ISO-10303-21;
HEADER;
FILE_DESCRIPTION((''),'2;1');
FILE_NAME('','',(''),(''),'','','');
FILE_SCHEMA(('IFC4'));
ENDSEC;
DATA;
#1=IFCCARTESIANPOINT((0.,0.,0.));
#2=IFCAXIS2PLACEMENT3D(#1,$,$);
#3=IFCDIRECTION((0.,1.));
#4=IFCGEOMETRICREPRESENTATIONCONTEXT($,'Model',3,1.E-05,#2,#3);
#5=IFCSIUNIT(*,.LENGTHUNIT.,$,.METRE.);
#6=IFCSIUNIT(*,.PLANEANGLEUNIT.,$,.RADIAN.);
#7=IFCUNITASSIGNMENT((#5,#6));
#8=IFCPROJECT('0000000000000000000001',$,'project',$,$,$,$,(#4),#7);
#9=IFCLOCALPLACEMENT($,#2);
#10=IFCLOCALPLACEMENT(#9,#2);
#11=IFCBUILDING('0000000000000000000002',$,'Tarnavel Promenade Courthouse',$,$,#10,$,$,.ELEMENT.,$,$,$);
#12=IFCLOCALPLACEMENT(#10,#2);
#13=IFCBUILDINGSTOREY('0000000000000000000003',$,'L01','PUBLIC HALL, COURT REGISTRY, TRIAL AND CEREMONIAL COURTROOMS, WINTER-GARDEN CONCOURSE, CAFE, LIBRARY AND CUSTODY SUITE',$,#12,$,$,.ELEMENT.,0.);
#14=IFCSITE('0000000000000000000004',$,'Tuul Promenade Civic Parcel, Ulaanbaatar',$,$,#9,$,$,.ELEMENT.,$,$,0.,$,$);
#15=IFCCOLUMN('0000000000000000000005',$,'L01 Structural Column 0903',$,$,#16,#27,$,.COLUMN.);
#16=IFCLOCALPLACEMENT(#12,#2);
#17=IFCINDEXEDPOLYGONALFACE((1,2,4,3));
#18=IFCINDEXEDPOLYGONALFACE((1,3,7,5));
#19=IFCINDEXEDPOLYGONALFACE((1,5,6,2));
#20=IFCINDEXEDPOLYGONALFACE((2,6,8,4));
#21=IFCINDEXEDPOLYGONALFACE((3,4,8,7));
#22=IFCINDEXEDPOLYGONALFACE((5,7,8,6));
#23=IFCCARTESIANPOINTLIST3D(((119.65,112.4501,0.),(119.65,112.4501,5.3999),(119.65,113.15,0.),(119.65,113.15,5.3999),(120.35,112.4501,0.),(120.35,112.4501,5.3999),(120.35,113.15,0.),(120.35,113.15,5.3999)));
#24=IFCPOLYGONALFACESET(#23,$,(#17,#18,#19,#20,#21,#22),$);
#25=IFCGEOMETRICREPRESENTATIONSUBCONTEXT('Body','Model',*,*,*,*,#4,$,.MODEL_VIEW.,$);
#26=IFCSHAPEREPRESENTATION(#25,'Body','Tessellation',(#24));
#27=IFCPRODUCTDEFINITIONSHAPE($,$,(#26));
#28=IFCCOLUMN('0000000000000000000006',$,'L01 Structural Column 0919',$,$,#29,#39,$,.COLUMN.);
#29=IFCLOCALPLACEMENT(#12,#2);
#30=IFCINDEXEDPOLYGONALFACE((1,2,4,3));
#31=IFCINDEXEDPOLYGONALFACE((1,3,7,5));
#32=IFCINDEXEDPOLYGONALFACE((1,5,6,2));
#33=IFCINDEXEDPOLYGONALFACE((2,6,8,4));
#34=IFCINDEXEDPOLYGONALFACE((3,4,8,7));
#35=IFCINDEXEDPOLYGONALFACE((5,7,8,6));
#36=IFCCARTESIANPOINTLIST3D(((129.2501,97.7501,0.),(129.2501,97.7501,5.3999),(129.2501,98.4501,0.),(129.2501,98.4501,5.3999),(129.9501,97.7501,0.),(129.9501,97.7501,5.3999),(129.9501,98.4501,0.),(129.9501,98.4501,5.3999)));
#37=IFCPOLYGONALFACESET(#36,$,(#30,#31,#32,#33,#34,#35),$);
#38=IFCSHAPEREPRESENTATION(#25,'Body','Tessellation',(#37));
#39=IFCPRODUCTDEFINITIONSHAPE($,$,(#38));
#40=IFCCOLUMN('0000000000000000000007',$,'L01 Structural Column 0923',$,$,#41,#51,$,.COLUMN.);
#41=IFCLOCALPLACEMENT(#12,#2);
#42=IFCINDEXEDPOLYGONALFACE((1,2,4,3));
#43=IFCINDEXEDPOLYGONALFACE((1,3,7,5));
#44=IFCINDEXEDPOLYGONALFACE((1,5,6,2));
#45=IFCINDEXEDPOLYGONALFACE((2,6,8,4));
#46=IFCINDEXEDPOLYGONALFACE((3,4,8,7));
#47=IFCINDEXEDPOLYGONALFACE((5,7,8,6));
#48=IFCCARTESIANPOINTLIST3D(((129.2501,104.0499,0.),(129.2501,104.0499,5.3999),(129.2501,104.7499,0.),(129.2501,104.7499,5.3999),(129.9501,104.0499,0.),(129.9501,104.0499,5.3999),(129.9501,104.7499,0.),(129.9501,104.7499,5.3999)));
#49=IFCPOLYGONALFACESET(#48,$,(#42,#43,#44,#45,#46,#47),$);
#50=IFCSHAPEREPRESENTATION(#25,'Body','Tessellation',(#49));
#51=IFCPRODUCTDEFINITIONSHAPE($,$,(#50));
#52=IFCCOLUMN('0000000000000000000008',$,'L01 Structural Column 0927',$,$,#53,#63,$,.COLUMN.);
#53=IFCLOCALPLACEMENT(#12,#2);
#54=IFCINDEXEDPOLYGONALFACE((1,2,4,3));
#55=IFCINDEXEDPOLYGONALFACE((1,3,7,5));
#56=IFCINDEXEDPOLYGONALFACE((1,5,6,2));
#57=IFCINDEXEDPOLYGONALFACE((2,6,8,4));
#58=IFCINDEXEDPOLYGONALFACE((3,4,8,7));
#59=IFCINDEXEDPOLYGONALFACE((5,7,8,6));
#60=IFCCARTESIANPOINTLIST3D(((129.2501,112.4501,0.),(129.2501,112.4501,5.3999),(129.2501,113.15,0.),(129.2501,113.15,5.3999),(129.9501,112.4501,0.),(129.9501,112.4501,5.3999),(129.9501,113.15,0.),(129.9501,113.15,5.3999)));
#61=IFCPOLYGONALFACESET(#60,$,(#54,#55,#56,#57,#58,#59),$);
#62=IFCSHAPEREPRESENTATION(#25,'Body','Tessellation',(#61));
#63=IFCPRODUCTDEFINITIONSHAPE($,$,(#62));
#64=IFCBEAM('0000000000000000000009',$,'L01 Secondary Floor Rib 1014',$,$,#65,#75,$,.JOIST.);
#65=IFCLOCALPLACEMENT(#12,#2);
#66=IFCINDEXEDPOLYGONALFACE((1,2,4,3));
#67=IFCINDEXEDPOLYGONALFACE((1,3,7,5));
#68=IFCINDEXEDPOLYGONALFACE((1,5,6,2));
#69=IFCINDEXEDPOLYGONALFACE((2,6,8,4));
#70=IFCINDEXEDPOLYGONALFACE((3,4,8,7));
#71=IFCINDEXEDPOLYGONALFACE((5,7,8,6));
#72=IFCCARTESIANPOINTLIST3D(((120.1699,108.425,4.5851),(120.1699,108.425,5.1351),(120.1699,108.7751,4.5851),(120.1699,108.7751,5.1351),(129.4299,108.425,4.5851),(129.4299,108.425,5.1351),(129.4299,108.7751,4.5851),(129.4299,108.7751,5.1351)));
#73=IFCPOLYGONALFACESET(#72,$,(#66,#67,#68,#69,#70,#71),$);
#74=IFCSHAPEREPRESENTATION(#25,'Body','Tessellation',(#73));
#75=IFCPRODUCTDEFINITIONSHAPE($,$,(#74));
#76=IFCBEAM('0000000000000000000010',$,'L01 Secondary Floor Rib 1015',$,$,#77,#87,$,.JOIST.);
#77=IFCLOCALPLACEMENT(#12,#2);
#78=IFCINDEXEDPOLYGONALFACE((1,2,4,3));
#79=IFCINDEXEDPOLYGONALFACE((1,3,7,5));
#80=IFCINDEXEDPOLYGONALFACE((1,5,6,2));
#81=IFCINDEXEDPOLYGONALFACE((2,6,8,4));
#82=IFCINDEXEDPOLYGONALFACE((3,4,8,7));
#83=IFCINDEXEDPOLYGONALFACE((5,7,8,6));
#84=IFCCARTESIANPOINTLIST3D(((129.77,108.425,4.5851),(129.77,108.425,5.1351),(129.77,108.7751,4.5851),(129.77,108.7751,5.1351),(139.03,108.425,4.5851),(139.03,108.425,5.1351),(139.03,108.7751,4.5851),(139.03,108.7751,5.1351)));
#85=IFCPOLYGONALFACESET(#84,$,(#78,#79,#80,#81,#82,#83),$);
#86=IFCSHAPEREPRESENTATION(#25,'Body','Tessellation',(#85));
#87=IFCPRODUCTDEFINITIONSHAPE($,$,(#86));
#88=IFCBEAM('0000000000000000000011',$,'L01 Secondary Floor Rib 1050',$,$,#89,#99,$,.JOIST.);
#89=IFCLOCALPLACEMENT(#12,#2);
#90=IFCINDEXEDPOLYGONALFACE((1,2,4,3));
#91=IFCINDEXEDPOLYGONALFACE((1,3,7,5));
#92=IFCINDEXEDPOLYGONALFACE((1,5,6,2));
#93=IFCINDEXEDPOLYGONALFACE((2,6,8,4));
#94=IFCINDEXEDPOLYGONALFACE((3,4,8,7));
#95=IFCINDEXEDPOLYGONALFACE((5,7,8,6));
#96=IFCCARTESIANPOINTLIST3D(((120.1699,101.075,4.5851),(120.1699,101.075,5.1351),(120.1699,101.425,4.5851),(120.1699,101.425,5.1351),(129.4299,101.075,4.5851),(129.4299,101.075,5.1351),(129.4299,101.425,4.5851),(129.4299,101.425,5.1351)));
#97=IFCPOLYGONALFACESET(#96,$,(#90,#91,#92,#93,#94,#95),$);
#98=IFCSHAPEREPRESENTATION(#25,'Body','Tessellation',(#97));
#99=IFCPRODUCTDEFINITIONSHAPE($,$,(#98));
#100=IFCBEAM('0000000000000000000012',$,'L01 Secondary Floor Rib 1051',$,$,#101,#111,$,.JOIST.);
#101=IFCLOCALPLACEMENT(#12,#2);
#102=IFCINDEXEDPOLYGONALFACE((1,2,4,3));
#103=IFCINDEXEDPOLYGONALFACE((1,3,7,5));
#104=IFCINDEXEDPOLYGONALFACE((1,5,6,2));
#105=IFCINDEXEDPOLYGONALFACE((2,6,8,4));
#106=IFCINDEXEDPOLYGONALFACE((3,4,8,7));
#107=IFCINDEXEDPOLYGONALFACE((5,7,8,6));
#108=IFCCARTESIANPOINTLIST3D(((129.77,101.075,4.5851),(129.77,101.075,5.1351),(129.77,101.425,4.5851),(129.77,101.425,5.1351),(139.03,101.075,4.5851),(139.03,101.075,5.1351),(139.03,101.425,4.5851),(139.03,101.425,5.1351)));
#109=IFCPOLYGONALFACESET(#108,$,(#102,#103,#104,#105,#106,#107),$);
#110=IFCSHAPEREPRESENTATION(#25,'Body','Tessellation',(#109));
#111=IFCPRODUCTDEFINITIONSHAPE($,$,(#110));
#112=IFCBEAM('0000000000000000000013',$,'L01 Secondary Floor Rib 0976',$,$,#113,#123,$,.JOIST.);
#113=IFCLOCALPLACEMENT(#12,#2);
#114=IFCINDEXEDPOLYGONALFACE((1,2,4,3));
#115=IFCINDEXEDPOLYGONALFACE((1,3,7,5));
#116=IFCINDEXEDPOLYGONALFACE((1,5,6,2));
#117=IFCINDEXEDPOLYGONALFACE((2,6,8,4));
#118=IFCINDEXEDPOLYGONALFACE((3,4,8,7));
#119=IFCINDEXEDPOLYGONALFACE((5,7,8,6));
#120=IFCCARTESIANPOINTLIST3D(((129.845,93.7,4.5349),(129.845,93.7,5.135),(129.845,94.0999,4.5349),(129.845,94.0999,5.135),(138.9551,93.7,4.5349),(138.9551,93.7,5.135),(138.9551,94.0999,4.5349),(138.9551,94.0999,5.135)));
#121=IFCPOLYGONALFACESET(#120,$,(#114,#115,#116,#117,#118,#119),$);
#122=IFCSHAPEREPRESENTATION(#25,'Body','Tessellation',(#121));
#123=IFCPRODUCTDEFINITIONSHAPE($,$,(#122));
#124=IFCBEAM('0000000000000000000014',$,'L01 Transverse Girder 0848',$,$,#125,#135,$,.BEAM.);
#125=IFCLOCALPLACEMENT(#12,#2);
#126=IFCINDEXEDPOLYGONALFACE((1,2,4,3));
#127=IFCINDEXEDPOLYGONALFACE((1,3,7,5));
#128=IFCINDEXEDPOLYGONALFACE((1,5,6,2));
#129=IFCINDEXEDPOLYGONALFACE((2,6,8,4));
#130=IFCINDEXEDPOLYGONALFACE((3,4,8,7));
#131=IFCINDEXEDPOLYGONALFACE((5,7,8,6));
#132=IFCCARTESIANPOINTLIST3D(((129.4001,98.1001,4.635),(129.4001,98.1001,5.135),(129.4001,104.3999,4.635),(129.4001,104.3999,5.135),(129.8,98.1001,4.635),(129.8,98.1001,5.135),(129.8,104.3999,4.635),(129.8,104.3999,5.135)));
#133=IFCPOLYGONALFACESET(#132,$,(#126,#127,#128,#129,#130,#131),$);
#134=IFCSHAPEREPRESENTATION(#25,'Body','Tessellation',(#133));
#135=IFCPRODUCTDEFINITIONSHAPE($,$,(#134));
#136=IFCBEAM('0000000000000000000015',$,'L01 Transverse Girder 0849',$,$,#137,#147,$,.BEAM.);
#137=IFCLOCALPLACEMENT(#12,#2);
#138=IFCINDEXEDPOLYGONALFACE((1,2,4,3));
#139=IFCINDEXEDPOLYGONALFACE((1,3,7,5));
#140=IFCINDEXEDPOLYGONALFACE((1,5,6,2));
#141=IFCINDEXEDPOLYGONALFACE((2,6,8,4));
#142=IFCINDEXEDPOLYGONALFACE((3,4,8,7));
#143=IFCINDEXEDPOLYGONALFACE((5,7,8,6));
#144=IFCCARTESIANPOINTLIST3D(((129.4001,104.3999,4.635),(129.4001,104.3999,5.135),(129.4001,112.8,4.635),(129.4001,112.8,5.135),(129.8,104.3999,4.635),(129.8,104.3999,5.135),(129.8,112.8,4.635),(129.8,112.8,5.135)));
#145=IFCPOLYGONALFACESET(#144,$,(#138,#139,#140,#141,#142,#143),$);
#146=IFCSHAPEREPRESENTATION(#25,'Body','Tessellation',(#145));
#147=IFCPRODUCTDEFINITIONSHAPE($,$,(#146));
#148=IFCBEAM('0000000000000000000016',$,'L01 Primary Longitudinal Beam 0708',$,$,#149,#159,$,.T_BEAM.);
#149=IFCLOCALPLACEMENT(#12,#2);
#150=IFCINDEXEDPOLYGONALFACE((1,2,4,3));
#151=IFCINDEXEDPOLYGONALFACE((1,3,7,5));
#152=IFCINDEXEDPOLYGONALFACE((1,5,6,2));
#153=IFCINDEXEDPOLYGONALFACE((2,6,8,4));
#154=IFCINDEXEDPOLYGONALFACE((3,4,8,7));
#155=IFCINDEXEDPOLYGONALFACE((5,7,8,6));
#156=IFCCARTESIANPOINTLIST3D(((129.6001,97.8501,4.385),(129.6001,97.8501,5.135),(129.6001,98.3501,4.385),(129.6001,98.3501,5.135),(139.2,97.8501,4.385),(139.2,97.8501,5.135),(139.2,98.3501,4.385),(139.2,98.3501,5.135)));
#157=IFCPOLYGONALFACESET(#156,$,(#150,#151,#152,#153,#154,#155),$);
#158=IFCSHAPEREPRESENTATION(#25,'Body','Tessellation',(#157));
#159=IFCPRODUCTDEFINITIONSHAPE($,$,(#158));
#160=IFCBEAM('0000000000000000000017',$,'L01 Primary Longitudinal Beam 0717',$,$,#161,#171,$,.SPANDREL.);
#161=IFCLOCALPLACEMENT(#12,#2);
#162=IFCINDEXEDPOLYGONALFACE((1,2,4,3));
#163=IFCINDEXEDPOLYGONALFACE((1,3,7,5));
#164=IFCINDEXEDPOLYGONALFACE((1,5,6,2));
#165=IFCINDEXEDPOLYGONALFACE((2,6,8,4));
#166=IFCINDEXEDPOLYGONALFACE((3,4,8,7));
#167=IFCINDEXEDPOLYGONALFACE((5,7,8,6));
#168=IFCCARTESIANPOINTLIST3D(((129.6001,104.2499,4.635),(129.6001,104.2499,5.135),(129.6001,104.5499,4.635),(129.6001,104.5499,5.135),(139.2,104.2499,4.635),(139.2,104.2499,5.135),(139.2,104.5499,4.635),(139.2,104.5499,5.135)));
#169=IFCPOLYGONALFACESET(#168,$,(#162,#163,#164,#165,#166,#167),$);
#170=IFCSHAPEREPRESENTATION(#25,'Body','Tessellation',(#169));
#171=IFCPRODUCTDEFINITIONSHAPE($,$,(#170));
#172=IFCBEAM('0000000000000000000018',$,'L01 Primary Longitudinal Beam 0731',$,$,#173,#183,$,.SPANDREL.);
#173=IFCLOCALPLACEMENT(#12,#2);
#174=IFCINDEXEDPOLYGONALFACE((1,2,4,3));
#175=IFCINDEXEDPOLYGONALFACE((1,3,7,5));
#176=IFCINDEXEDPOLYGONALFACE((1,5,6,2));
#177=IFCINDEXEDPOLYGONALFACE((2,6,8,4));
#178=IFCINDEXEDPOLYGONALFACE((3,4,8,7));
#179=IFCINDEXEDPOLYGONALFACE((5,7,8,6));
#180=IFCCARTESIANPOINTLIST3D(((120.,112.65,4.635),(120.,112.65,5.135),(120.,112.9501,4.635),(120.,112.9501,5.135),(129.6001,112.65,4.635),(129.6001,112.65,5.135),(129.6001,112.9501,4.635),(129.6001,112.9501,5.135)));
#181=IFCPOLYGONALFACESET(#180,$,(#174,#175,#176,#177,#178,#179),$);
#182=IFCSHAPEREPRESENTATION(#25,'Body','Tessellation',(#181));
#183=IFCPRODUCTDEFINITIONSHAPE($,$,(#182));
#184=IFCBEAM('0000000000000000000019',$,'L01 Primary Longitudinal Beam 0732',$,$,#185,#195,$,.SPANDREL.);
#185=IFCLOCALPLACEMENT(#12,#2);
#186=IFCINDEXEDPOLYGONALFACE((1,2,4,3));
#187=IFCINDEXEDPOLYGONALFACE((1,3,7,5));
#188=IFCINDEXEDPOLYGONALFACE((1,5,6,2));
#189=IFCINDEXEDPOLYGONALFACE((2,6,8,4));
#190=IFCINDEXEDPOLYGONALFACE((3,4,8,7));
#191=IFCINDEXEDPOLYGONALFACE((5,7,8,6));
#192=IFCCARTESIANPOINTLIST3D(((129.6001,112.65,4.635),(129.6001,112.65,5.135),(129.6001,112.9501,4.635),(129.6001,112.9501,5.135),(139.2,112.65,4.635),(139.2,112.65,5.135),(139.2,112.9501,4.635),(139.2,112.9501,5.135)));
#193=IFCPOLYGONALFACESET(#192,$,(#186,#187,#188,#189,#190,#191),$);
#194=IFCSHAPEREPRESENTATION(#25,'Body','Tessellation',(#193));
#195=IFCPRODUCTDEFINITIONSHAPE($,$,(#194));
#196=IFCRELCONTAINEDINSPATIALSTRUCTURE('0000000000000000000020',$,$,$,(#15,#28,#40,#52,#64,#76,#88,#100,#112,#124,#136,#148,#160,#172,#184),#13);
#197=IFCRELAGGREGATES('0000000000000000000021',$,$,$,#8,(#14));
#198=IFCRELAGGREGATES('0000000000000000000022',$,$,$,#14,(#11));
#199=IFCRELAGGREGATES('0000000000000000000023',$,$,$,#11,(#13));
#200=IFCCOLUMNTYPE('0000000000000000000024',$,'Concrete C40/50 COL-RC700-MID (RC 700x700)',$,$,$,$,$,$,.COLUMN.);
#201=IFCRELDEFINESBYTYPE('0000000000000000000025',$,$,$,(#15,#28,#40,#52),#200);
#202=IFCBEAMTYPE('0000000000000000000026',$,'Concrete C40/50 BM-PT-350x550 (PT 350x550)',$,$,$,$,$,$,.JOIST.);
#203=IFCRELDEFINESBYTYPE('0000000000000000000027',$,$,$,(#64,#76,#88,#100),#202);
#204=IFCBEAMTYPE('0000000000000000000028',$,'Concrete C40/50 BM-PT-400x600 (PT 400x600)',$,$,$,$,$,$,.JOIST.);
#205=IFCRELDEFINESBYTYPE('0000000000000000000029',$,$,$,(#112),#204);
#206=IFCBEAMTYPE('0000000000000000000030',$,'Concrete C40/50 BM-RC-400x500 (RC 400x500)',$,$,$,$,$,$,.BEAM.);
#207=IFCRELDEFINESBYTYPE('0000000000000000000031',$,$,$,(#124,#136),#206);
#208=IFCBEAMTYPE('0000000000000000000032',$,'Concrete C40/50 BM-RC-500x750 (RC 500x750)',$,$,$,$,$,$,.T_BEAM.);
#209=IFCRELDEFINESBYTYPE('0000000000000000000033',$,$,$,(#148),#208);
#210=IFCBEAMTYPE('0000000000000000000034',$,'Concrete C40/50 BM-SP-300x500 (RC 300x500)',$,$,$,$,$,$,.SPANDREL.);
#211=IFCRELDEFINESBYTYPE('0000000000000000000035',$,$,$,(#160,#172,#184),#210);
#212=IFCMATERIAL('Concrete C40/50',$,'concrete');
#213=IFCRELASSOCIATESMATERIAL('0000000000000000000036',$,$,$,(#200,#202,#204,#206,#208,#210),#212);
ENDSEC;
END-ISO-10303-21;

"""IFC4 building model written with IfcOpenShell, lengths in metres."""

from ifc_helpers import new_model, si_unit, direction, frame, origin, origin_2d, place, context, subcontext, project, spatial, rectangle, extrude, material, material_profile, profile_set, type_object, element, save


model = new_model("IFC4")

# Units and contexts
model_context = context("Model", 3, precision=1e-05, world=origin(), true_north=direction((0.0, 1.0)))
body_context = subcontext(model_context, "Body", "Model", "MODEL_VIEW")
ifc_project = project(units=[si_unit("LENGTHUNIT", "METRE"), si_unit("PLANEANGLEUNIT", "RADIAN")], contexts=[model_context])

# Site, building, storey
site_placement = place(None, origin())
site = spatial("IfcSite", under=ifc_project, at=site_placement, Name="Tuul Promenade Civic Parcel, Ulaanbaatar", CompositionType="ELEMENT", RefElevation=0.0)
building_placement = place(site_placement, origin())
building = spatial("IfcBuilding", under=site, at=building_placement, Name="Tarnavel Promenade Courthouse", CompositionType="ELEMENT")
storey_placement = place(building_placement, origin())
storey = spatial("IfcBuildingStorey", under=building, at=storey_placement, Name="L01", Description="PUBLIC HALL, COURT REGISTRY, TRIAL AND CEREMONIAL COURTROOMS, WINTER-GARDEN CONCOURSE, CAFE, LIBRARY AND CUSTODY SUITE", CompositionType="ELEMENT", Elevation=0.0)

# Columns
ifc_material_1 = material(Name="Concrete C40/50", Category="concrete")
ifc_material_profile_1 = material_profile(ifc_material_1, rectangle(XDim=0.7, YDim=0.7, at=origin_2d()), Name="RC 700x700")
ifc_profile_set_1 = profile_set([ifc_material_profile_1], Name="Concrete C40/50")
column_type = type_object("IfcColumnType", Name="Concrete C40/50 COL-RC700-MID (RC 700x700)", PredefinedType="COLUMN", material=ifc_profile_set_1)
for number, where, z_axis, x_axis, name in (
    (1, (120.0, 112.8, 0.0), (0.0, 0.0, 1.0), (1.0, 0.0, 0.0), "L01 Structural Column 0903"),
    (2, (129.6001, 98.1001, 0.0), (0.0, 0.0, 1.0), (1.0, 0.0, 0.0), "L01 Structural Column 0919"),
    (3, (129.6001, 104.3999, 0.0), (0.0, 0.0, 1.0), (1.0, 0.0, 0.0), "L01 Structural Column 0923"),
    (4, (129.6001, 112.8, 0.0), (0.0, 0.0, 1.0), (1.0, 0.0, 0.0), "L01 Structural Column 0927"),
):
    element("IfcColumn", number, at=place(storey_placement, frame(where, z_axis=z_axis, x_axis=x_axis)), inside=storey, type_object=column_type, Name=name, PredefinedType="COLUMN", context=body_context, shape_type="SweptSolid", body=[
        extrude(rectangle(XDim=0.7, YDim=0.7, at=origin_2d()), origin(), (0.0, 0.0, 1.0), 5.3999),
    ])

# Beams
ifc_material_profile_2 = material_profile(ifc_material_1, rectangle(XDim=0.3501, YDim=0.55, at=origin_2d()), Name="PT 350x550")
ifc_profile_set_2 = profile_set([ifc_material_profile_2], Name="Concrete C40/50")
beam_type_1 = type_object("IfcBeamType", Name="Concrete C40/50 BM-PT-350x550 (PT 350x550)", PredefinedType="JOIST", material=ifc_profile_set_2)
for number, where, z_axis, x_axis, name in (
    (5, (120.1699, 108.6001, 4.8601), (1.0, 0.0, 0.0), (0.0, 1.0, 0.0), "L01 Secondary Floor Rib 1014"),
    (6, (129.77, 108.6001, 4.8601), (1.0, 0.0, 0.0), (0.0, 1.0, 0.0), "L01 Secondary Floor Rib 1015"),
    (7, (120.1699, 101.25, 4.8601), (1.0, 0.0, 0.0), (0.0, 1.0, 0.0), "L01 Secondary Floor Rib 1050"),
    (8, (129.77, 101.25, 4.8601), (1.0, 0.0, 0.0), (0.0, 1.0, 0.0), "L01 Secondary Floor Rib 1051"),
):
    element("IfcBeam", number, at=place(storey_placement, frame(where, z_axis=z_axis, x_axis=x_axis)), inside=storey, type_object=beam_type_1, Name=name, PredefinedType="JOIST", context=body_context, shape_type="SweptSolid", body=[
        extrude(rectangle(XDim=0.3501, YDim=0.55, at=origin_2d()), origin(), (0.0, 0.0, 1.0), 9.26),
    ])
ifc_material_profile_3 = material_profile(ifc_material_1, rectangle(XDim=0.3999, YDim=0.6001, at=origin_2d()), Name="PT 400x600")
ifc_profile_set_3 = profile_set([ifc_material_profile_3], Name="Concrete C40/50")
beam_type_2 = type_object("IfcBeamType", Name="Concrete C40/50 BM-PT-400x600 (PT 400x600)", PredefinedType="JOIST", material=ifc_profile_set_3)
beam_1_placement = place(storey_placement, frame((129.845, 93.8999, 4.835), z_axis=(1.0, 0.0, 0.0), x_axis=(0.0, 1.0, 0.0)))
element("IfcBeam", 9, at=beam_1_placement, inside=storey, type_object=beam_type_2, Name="L01 Secondary Floor Rib 0976", PredefinedType="JOIST", context=body_context, shape_type="SweptSolid", body=[
    extrude(rectangle(XDim=0.3999, YDim=0.6001, at=origin_2d()), origin(), (0.0, 0.0, 1.0), 9.1101),
])
ifc_material_profile_4 = material_profile(ifc_material_1, rectangle(XDim=0.3999, YDim=0.5, at=origin_2d()), Name="RC 400x500")
ifc_profile_set_4 = profile_set([ifc_material_profile_4], Name="Concrete C40/50")
beam_type_3 = type_object("IfcBeamType", Name="Concrete C40/50 BM-RC-400x500 (RC 400x500)", PredefinedType="BEAM", material=ifc_profile_set_4)
beam_2_placement = place(storey_placement, frame((129.6001, 98.1001, 4.885), z_axis=(0.0, 1.0, 0.0), x_axis=(-1.0, 0.0, 0.0)))
element("IfcBeam", 10, at=beam_2_placement, inside=storey, type_object=beam_type_3, Name="L01 Transverse Girder 0848", PredefinedType="BEAM", context=body_context, shape_type="SweptSolid", body=[
    extrude(rectangle(XDim=0.3999, YDim=0.5, at=origin_2d()), origin(), (0.0, 0.0, 1.0), 6.2998),
])
beam_3_placement = place(storey_placement, frame((129.6001, 104.3999, 4.885), z_axis=(0.0, 1.0, 0.0), x_axis=(-1.0, 0.0, 0.0)))
element("IfcBeam", 11, at=beam_3_placement, inside=storey, type_object=beam_type_3, Name="L01 Transverse Girder 0849", PredefinedType="BEAM", context=body_context, shape_type="SweptSolid", body=[
    extrude(rectangle(XDim=0.3999, YDim=0.5, at=origin_2d()), origin(), (0.0, 0.0, 1.0), 8.4001),
])
ifc_material_profile_5 = material_profile(ifc_material_1, rectangle(XDim=0.5, YDim=0.75, at=origin_2d()), Name="RC 500x750")
ifc_profile_set_5 = profile_set([ifc_material_profile_5], Name="Concrete C40/50")
beam_type_4 = type_object("IfcBeamType", Name="Concrete C40/50 BM-RC-500x750 (RC 500x750)", PredefinedType="T_BEAM", material=ifc_profile_set_5)
beam_4_placement = place(storey_placement, frame((129.6001, 98.1001, 4.76), z_axis=(1.0, 0.0, 0.0), x_axis=(0.0, 1.0, 0.0)))
element("IfcBeam", 12, at=beam_4_placement, inside=storey, type_object=beam_type_4, Name="L01 Primary Longitudinal Beam 0708", PredefinedType="T_BEAM", context=body_context, shape_type="SweptSolid", body=[
    extrude(rectangle(XDim=0.5, YDim=0.75, at=origin_2d()), origin(), (0.0, 0.0, 1.0), 9.5999),
])
ifc_material_profile_6 = material_profile(ifc_material_1, rectangle(XDim=0.3, YDim=0.5, at=origin_2d()), Name="RC 300x500")
ifc_profile_set_6 = profile_set([ifc_material_profile_6], Name="Concrete C40/50")
beam_type_5 = type_object("IfcBeamType", Name="Concrete C40/50 BM-SP-300x500 (RC 300x500)", PredefinedType="SPANDREL", material=ifc_profile_set_6)
beam_5_placement = place(storey_placement, frame((129.6001, 104.3999, 4.885), z_axis=(1.0, 0.0, 0.0), x_axis=(0.0, 1.0, 0.0)))
element("IfcBeam", 13, at=beam_5_placement, inside=storey, type_object=beam_type_5, Name="L01 Primary Longitudinal Beam 0717", PredefinedType="SPANDREL", context=body_context, shape_type="SweptSolid", body=[
    extrude(rectangle(XDim=0.3, YDim=0.5, at=origin_2d()), origin(), (0.0, 0.0, 1.0), 9.5999),
])
beam_6_placement = place(storey_placement, frame((120.0, 112.8, 4.885), z_axis=(1.0, 0.0, 0.0), x_axis=(0.0, 1.0, 0.0)))
element("IfcBeam", 14, at=beam_6_placement, inside=storey, type_object=beam_type_5, Name="L01 Primary Longitudinal Beam 0731", PredefinedType="SPANDREL", context=body_context, shape_type="SweptSolid", body=[
    extrude(rectangle(XDim=0.3, YDim=0.5, at=origin_2d()), origin(), (0.0, 0.0, 1.0), 9.6001),
])
beam_7_placement = place(storey_placement, frame((129.6001, 112.8, 4.885), z_axis=(1.0, 0.0, 0.0), x_axis=(0.0, 1.0, 0.0)))
element("IfcBeam", 15, at=beam_7_placement, inside=storey, type_object=beam_type_5, Name="L01 Primary Longitudinal Beam 0732", PredefinedType="SPANDREL", context=body_context, shape_type="SweptSolid", body=[
    extrude(rectangle(XDim=0.3, YDim=0.5, at=origin_2d()), origin(), (0.0, 0.0, 1.0), 9.5999),
])

save(model, "model.ifc")
